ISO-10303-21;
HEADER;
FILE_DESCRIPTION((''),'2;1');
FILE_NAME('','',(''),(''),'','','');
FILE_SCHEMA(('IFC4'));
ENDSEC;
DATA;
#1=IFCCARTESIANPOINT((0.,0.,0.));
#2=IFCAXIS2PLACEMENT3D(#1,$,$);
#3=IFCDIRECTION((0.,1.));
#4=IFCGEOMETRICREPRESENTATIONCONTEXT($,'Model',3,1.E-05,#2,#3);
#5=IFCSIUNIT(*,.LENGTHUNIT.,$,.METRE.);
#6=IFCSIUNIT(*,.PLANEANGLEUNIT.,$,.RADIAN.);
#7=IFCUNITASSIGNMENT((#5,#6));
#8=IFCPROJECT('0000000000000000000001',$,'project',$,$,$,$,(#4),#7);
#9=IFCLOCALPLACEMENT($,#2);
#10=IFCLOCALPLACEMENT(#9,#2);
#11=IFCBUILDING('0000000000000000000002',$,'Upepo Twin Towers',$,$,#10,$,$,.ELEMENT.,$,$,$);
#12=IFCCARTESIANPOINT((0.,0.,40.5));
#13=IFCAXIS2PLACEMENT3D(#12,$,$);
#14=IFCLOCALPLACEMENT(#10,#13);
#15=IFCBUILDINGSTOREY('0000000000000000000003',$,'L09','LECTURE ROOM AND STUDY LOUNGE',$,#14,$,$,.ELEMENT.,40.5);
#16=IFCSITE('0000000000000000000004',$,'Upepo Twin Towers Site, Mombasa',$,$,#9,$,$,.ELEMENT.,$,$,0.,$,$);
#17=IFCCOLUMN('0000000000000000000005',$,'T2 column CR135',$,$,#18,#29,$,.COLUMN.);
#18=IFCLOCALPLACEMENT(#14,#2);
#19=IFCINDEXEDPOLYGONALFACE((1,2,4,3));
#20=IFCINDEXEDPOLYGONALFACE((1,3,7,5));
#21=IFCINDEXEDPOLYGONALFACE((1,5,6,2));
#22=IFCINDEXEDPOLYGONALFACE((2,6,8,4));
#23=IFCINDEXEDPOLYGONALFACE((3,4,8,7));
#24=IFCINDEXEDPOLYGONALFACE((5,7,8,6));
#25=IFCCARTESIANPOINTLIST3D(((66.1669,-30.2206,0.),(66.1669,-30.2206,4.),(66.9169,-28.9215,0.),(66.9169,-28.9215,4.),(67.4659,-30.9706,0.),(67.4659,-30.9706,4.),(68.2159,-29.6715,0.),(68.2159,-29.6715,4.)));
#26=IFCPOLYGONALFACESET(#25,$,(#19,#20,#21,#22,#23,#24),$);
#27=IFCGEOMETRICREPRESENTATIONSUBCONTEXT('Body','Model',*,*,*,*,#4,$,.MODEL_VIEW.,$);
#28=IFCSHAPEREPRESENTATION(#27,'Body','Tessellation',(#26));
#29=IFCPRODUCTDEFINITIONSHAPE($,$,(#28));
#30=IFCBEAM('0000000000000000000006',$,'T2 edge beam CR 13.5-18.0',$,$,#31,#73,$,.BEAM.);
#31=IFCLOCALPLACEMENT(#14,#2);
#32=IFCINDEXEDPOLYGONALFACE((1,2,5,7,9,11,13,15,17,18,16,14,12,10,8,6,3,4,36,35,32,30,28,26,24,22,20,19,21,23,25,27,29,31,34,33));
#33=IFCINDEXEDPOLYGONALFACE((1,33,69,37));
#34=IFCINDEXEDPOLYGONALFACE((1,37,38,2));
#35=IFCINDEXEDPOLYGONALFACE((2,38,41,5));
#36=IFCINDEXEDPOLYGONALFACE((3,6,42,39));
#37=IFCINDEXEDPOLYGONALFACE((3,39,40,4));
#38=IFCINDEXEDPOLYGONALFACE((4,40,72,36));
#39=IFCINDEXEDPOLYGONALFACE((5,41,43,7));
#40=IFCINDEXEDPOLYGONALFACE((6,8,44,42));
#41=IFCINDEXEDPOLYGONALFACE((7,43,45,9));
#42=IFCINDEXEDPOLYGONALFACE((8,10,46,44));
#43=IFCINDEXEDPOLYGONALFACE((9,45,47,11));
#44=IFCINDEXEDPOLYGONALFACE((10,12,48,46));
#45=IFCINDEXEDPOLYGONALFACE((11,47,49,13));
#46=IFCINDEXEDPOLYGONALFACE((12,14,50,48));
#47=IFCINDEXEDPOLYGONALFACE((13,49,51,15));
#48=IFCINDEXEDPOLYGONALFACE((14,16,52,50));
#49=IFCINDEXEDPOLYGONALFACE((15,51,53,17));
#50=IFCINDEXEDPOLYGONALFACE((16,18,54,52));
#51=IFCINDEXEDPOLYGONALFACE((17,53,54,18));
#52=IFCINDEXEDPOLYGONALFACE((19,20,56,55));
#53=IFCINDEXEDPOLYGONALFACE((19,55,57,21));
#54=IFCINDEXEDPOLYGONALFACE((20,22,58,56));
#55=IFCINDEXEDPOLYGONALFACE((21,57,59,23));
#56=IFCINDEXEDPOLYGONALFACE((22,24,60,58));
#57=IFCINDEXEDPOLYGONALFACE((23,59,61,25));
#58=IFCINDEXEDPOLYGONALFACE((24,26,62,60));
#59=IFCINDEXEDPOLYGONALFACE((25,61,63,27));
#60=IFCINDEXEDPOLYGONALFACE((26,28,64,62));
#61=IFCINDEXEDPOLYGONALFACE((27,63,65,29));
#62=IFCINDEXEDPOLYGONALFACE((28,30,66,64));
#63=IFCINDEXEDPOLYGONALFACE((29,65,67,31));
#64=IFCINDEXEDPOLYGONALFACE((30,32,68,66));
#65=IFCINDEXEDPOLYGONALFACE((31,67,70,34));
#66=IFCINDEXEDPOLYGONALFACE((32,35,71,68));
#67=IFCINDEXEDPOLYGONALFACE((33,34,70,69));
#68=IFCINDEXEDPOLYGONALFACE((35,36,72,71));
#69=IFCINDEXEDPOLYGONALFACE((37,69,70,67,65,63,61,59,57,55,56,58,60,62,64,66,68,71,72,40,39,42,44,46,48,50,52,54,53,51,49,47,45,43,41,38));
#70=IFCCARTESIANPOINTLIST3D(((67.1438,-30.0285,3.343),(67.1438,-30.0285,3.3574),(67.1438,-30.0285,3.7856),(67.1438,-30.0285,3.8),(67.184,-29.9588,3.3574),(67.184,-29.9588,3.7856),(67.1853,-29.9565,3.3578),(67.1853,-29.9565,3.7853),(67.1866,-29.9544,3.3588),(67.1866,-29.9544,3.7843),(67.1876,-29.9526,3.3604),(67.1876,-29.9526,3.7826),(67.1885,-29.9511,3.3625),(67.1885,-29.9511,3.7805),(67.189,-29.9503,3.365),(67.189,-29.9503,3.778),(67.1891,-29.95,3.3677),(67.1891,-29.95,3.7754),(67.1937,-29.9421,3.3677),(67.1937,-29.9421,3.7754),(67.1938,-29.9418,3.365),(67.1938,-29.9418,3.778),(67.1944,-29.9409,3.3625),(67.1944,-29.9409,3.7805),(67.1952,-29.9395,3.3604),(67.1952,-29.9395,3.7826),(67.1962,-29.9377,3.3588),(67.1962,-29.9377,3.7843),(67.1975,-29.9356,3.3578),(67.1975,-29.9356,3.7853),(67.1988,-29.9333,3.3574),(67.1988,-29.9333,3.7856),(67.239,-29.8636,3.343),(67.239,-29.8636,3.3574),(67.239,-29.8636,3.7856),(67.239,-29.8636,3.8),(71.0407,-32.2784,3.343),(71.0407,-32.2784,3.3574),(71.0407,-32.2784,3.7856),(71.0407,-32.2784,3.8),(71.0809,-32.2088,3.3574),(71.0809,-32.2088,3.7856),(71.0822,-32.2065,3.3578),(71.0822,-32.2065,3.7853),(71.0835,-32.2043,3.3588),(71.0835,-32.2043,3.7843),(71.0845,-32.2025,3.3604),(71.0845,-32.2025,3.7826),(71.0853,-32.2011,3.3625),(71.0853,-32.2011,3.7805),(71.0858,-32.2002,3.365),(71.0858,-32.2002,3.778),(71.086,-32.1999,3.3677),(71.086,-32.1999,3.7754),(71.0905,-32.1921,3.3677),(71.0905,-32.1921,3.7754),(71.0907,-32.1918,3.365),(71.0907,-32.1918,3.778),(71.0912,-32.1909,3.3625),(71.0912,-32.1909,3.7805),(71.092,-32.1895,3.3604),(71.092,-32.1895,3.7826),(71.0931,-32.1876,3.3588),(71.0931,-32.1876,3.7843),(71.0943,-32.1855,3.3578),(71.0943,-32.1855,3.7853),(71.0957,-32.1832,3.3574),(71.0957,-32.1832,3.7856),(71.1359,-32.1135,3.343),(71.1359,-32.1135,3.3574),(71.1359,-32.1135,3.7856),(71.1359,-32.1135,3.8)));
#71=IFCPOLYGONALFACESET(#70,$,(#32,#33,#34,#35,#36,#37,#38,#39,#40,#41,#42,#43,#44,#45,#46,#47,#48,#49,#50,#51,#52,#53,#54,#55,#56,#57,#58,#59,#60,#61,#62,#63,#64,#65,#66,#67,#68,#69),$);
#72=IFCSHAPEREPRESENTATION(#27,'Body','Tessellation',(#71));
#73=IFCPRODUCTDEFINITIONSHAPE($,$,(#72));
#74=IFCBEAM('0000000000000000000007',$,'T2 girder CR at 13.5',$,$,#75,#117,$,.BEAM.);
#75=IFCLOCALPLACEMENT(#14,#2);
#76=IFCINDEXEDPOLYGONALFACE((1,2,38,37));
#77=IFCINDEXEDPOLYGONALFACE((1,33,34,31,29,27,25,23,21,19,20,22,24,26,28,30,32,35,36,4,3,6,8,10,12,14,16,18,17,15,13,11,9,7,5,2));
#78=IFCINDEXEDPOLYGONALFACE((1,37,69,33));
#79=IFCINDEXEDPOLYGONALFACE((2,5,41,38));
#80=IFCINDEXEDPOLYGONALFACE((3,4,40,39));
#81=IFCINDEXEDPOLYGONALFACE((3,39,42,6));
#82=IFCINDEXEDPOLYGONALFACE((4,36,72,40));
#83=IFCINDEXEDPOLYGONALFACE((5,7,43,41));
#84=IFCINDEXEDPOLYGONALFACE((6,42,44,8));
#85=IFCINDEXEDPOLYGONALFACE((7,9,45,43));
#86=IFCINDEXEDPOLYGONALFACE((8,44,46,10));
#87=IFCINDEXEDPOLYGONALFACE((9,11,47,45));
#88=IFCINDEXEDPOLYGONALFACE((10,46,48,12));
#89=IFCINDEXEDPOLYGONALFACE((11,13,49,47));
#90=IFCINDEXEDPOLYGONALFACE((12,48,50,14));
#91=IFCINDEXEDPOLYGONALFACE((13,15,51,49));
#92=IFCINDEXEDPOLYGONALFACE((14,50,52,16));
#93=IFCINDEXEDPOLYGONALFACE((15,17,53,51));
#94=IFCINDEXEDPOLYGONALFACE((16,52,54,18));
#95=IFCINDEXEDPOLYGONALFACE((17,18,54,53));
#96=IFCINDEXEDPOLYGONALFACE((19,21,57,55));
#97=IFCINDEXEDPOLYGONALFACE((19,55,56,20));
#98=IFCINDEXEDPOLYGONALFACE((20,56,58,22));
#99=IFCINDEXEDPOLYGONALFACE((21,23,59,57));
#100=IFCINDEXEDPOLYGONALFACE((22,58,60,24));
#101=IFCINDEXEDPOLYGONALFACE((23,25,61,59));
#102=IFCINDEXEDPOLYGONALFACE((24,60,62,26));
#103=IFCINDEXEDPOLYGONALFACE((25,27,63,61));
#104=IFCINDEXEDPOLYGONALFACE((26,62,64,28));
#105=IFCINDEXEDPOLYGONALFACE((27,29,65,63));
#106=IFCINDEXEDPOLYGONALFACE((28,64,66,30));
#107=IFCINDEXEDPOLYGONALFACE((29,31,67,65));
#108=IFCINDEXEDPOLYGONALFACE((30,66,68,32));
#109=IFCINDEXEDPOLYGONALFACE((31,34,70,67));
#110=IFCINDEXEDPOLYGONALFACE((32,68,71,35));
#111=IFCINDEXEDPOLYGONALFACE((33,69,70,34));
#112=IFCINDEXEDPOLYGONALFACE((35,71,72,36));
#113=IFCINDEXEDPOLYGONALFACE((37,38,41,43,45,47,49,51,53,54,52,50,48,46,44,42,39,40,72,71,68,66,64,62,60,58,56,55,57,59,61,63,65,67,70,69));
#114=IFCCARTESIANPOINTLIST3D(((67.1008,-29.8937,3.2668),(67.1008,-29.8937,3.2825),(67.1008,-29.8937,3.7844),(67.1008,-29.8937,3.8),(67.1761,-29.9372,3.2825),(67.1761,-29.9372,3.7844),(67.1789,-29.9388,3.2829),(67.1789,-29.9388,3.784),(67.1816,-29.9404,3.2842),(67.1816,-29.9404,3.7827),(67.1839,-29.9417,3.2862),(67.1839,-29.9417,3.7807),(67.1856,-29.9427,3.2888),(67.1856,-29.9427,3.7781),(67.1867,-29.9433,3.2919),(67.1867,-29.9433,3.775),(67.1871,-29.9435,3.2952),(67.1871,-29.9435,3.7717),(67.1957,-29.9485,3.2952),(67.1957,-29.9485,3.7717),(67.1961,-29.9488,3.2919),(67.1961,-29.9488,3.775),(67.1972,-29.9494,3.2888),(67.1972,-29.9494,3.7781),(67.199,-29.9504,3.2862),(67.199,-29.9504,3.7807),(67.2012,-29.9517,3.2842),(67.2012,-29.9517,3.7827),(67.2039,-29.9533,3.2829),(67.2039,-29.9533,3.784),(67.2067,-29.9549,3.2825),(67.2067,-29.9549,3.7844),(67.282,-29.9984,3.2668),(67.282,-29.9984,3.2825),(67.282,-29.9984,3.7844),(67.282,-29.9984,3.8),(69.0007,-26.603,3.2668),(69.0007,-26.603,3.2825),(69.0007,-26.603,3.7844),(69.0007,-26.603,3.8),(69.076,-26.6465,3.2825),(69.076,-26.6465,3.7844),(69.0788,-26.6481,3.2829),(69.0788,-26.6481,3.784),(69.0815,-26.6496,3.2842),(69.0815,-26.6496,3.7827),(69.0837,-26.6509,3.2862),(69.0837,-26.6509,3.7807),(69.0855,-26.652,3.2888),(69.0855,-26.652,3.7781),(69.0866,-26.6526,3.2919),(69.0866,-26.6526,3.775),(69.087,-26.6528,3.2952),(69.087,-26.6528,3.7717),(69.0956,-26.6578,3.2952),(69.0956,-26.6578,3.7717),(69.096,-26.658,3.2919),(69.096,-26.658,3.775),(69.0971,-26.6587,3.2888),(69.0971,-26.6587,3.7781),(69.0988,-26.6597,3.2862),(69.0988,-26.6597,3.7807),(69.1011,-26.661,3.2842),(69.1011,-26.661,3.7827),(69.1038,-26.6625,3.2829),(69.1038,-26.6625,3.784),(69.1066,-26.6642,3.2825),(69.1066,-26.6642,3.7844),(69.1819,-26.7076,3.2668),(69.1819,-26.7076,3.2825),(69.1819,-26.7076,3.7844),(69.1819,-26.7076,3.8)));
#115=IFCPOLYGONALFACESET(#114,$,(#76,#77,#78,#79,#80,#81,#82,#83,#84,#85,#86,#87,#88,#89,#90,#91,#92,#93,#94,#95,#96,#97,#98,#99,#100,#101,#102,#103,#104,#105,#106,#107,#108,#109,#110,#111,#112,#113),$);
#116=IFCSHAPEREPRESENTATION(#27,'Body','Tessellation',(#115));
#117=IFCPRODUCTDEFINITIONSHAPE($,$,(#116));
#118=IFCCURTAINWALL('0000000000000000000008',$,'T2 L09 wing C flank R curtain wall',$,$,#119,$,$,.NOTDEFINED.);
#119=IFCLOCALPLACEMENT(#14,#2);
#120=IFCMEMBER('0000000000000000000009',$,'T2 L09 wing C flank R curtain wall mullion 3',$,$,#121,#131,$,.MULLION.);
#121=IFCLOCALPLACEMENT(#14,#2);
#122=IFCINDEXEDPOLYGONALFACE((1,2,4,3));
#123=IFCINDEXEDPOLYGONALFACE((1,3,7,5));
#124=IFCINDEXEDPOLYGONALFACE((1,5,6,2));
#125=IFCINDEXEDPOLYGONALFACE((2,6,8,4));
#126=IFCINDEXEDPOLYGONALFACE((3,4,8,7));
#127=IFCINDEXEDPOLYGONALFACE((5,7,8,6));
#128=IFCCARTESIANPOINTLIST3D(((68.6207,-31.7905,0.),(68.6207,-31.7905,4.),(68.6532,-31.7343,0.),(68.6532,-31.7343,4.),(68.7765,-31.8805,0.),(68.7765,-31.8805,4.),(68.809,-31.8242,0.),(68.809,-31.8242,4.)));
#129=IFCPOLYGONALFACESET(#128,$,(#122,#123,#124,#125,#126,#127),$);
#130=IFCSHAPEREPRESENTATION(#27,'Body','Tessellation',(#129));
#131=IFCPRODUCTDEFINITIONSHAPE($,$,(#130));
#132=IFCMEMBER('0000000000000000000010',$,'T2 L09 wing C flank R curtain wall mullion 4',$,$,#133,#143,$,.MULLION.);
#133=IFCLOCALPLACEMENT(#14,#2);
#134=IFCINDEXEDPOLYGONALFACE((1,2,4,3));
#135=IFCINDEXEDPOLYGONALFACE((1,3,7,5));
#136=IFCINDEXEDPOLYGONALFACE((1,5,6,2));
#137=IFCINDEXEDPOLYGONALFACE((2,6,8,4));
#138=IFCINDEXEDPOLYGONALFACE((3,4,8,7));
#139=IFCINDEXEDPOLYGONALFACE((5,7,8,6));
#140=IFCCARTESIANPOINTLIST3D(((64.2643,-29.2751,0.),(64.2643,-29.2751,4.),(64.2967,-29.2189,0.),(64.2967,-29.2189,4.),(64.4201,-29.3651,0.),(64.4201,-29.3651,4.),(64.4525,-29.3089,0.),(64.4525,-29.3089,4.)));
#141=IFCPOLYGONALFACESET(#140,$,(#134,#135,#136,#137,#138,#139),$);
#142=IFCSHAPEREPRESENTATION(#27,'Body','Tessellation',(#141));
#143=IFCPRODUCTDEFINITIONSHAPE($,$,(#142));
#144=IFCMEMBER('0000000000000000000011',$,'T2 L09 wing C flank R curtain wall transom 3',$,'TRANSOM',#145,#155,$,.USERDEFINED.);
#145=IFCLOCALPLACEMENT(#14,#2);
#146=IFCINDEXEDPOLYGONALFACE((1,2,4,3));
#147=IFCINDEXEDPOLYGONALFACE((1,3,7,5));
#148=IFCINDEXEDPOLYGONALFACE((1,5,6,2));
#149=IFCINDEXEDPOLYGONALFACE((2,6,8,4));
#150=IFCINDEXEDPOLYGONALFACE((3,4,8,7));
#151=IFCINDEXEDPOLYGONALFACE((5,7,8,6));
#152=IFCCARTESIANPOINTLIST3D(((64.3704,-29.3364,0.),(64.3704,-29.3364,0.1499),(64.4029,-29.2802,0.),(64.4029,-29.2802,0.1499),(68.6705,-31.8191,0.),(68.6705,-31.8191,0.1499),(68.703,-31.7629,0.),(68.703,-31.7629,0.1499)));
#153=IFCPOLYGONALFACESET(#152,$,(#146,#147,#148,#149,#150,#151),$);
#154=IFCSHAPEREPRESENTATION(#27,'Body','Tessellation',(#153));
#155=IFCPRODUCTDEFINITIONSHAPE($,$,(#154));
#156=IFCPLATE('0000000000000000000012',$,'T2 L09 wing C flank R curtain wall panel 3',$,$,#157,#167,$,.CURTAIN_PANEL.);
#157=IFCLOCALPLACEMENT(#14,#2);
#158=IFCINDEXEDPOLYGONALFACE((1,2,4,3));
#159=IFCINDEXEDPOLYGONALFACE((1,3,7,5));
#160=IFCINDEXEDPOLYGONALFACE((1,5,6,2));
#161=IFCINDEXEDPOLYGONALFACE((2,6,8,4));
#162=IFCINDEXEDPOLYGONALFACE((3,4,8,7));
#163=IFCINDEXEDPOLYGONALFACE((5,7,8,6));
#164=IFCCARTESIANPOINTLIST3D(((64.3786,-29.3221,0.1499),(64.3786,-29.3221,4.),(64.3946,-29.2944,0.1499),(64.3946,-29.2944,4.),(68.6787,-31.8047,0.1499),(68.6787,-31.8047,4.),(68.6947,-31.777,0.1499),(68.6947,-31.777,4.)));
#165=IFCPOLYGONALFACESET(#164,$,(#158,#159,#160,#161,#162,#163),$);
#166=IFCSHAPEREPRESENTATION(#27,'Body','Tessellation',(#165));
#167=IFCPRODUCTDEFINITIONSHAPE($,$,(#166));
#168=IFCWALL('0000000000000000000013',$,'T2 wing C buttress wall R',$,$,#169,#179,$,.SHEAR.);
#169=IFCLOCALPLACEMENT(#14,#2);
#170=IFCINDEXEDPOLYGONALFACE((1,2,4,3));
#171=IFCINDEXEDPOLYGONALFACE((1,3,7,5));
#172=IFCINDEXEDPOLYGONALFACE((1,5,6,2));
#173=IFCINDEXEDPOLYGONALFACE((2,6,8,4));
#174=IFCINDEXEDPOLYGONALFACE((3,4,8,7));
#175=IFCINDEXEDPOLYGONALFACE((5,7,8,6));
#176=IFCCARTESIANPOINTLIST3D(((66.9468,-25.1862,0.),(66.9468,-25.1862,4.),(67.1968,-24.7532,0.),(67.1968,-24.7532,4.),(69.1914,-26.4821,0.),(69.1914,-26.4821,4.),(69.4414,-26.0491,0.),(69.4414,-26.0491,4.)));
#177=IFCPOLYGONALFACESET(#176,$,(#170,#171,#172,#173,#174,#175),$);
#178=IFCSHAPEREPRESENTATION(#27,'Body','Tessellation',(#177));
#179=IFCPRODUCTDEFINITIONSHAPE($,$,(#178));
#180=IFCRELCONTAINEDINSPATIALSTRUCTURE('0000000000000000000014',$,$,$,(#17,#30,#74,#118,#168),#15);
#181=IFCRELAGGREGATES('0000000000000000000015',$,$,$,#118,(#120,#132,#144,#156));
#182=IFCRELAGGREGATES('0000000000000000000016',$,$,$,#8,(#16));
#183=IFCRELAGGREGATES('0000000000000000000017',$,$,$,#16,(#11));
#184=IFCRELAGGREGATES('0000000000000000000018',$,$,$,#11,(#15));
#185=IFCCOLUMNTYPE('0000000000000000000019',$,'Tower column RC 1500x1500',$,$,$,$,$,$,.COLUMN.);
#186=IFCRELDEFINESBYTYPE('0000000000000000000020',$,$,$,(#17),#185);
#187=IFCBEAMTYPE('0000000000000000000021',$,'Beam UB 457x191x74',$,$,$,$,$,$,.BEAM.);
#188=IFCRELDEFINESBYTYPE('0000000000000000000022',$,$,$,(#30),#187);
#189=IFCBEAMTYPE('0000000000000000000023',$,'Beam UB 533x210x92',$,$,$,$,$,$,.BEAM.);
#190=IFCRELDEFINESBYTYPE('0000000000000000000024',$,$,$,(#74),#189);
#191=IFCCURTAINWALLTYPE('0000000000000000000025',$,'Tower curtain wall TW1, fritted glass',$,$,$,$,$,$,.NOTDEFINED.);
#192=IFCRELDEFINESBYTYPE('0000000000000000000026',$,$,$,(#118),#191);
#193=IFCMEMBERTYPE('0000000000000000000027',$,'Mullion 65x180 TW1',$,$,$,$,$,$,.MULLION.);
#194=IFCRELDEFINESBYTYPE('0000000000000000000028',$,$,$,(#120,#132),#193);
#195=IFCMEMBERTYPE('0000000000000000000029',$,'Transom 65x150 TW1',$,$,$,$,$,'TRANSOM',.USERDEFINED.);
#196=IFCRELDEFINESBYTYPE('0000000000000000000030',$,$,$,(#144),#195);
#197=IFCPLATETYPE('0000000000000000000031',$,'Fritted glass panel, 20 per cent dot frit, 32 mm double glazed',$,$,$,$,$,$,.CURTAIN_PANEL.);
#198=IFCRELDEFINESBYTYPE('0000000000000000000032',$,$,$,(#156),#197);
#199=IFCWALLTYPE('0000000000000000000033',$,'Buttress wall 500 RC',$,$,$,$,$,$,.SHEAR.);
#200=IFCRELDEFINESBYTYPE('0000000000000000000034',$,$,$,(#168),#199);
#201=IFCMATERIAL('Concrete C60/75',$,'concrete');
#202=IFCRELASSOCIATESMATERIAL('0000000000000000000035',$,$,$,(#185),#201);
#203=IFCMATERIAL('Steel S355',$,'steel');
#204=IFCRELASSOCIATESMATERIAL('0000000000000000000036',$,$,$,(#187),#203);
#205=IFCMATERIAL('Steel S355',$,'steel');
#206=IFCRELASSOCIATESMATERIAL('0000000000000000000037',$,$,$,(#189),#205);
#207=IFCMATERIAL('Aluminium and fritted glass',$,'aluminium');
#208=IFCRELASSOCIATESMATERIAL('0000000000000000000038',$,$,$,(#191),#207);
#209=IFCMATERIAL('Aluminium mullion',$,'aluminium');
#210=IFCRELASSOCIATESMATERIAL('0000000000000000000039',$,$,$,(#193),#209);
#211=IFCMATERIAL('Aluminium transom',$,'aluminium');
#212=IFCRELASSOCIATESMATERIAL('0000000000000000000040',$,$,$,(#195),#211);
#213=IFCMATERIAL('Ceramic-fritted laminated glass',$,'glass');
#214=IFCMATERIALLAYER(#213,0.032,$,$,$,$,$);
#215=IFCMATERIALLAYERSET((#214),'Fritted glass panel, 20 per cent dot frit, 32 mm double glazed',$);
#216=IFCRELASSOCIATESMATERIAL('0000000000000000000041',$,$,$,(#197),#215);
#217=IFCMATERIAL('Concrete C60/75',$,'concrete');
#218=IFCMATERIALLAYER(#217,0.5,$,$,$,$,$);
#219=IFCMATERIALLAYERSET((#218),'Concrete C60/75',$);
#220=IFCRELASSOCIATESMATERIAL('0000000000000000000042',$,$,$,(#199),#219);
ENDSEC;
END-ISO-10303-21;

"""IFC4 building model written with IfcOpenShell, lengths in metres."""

from ifc_helpers import new_model, si_unit, direction, frame, frame_2d, origin, origin_2d, place, context, subcontext, project, spatial, rectangle, i_section, extrude, material, layer, layer_set, material_profile, profile_set, type_object, element, aggregate, save


model = new_model("IFC4")

# Units and contexts
model_context = context("Model", 3, precision=1e-05, world=origin(), true_north=direction((0.0, 1.0)))
body_context = subcontext(model_context, "Body", "Model", "MODEL_VIEW")
ifc_project = project(units=[si_unit("LENGTHUNIT", "METRE"), si_unit("PLANEANGLEUNIT", "RADIAN")], contexts=[model_context])

# Site, building, storey
site_placement = place(None, origin())
site = spatial("IfcSite", under=ifc_project, at=site_placement, Name="Upepo Twin Towers Site, Mombasa", CompositionType="ELEMENT", RefElevation=0.0)
building_placement = place(site_placement, origin())
building = spatial("IfcBuilding", under=site, at=building_placement, Name="Upepo Twin Towers", CompositionType="ELEMENT")
storey_placement = place(building_placement, frame((0.0, 0.0, 40.5)))
storey = spatial("IfcBuildingStorey", under=building, at=storey_placement, Name="L09", Description="LECTURE ROOM AND STUDY LOUNGE", CompositionType="ELEMENT", Elevation=40.5)

# Column
ifc_material_1 = material(Name="Concrete C60/75", Category="concrete")
ifc_material_profile_1 = material_profile(ifc_material_1, rectangle(XDim=1.5, YDim=1.5, at=origin_2d()), Name="RC 1500x1500")
ifc_profile_set_1 = profile_set([ifc_material_profile_1], Name="Concrete C60/75")
column_type = type_object("IfcColumnType", Name="Tower column RC 1500x1500", PredefinedType="COLUMN", material=ifc_profile_set_1)
column_placement = place(storey_placement, frame((67.1914, -29.946, 0.0), z_axis=(0.0, 0.0, 1.0), x_axis=(0.5, 0.866025, 0.0)))
element("IfcColumn", 1, at=column_placement, inside=storey, type_object=column_type, Name="T2 column CR135", PredefinedType="COLUMN", context=body_context, shape_type="SweptSolid", body=[
    extrude(rectangle(XDim=1.5, YDim=1.5, at=origin_2d()), origin(), (0.0, 0.0, 1.0), 4.0),
])

# Beams
ifc_material_2 = material(Name="Steel S355", Category="steel")
ifc_material_profile_2 = material_profile(ifc_material_2, i_section(OverallWidth=0.1904, OverallDepth=0.457, WebThickness=0.009, FlangeThickness=0.0144, FilletRadius=0.0103, at=origin_2d()), Name="UB 457x191x74")
ifc_profile_set_2 = profile_set([ifc_material_profile_2], Name="Steel S355")
beam_type_1 = type_object("IfcBeamType", Name="Beam UB 457x191x74", PredefinedType="BEAM", material=ifc_profile_set_2)
beam_1_placement = place(storey_placement, frame((67.1914, -29.946, 3.5715), z_axis=(0.866018, -0.500014, 0.0), x_axis=(0.500014, 0.866018, 0.0)))
element("IfcBeam", 2, at=beam_1_placement, inside=storey, type_object=beam_type_1, Name="T2 edge beam CR 13.5-18.0", PredefinedType="BEAM", context=body_context, shape_type="SweptSolid", body=[
    extrude(i_section(OverallWidth=0.1904, OverallDepth=0.457, WebThickness=0.009, FlangeThickness=0.0144, FilletRadius=0.0103, at=origin_2d()), origin(), (0.0, 0.0, 1.0), 4.4998),
])
ifc_material_3 = material(Name="Steel S355", Category="steel")
ifc_material_profile_3 = material_profile(ifc_material_3, i_section(OverallWidth=0.2092, OverallDepth=0.5332, WebThickness=0.01, FlangeThickness=0.0156, FilletRadius=0.0127, at=origin_2d()), Name="UB 533x210x92")
ifc_profile_set_3 = profile_set([ifc_material_profile_3], Name="Steel S355")
beam_type_2 = type_object("IfcBeamType", Name="Beam UB 533x210x92", PredefinedType="BEAM", material=ifc_profile_set_3)
beam_2_placement = place(storey_placement, frame((67.1914, -29.946, 3.5334), z_axis=(0.499995, 0.866028, 0.0), x_axis=(-0.866028, 0.499995, 0.0)))
element("IfcBeam", 3, at=beam_2_placement, inside=storey, type_object=beam_type_2, Name="T2 girder CR at 13.5", PredefinedType="BEAM", context=body_context, shape_type="SweptSolid", body=[
    extrude(i_section(OverallWidth=0.2092, OverallDepth=0.5332, WebThickness=0.01, FlangeThickness=0.0156, FilletRadius=0.0127, at=origin_2d()), origin(), (0.0, 0.0, 1.0), 3.7998),
])

# Curtain wall, members, plate
ifc_material_4 = material(Name="Aluminium and fritted glass", Category="aluminium")
curtain_wall_type = type_object("IfcCurtainWallType", Name="Tower curtain wall TW1, fritted glass", PredefinedType="NOTDEFINED", material=ifc_material_4)
curtain_wall_placement = place(storey_placement, origin())
curtain_wall = element("IfcCurtainWall", 4, at=curtain_wall_placement, inside=storey, type_object=curtain_wall_type, Name="T2 L09 wing C flank R curtain wall", PredefinedType="NOTDEFINED")
ifc_material_5 = material(Name="Aluminium mullion", Category="aluminium")
ifc_material_profile_4 = material_profile(ifc_material_5, rectangle(XDim=0.0649, YDim=0.1799, at=origin_2d()), Name="MULLION 65x180")
ifc_profile_set_4 = profile_set([ifc_material_profile_4], Name="Aluminium mullion")
member_type_1 = type_object("IfcMemberType", Name="Mullion 65x180 TW1", PredefinedType="MULLION", material=ifc_profile_set_4)
member_1_placement = place(storey_placement, frame((68.7148, -31.8074, 0.0), z_axis=(0.0, 0.0, 1.0), x_axis=(-0.5, -0.866025, 0.0)))
member_1 = element("IfcMember", 5, at=member_1_placement, type_object=member_type_1, Name="T2 L09 wing C flank R curtain wall mullion 3", PredefinedType="MULLION", context=body_context, shape_type="SweptSolid", body=[
    extrude(rectangle(XDim=0.0649, YDim=0.1799, at=origin_2d()), origin(), (0.0, 0.0, 1.0), 4.0),
])
member_2_placement = place(storey_placement, frame((64.3584, -29.292, 0.0), z_axis=(0.0, 0.0, 1.0), x_axis=(-0.5, -0.866025, 0.0)))
member_2 = element("IfcMember", 6, at=member_2_placement, type_object=member_type_1, Name="T2 L09 wing C flank R curtain wall mullion 4", PredefinedType="MULLION", context=body_context, shape_type="SweptSolid", body=[
    extrude(rectangle(XDim=0.0649, YDim=0.1799, at=origin_2d()), origin(), (0.0, 0.0, 1.0), 4.0),
])
ifc_material_6 = material(Name="Aluminium transom", Category="aluminium")
ifc_material_profile_5 = material_profile(ifc_material_6, rectangle(XDim=0.0649, YDim=0.1499, at=origin_2d()), Name="TRANSOM 65x150")
ifc_profile_set_5 = profile_set([ifc_material_profile_5], Name="Aluminium transom")
member_type_2 = type_object("IfcMemberType", Name="Transom 65x150 TW1", ElementType="TRANSOM", PredefinedType="USERDEFINED", material=ifc_profile_set_5)
member_3_placement = place(storey_placement, frame((68.6868, -31.791, 0.075), z_axis=(-0.866023, 0.500005, 0.0), x_axis=(-0.500005, -0.866023, 0.0)))
member_3 = element("IfcMember", 7, at=member_3_placement, type_object=member_type_2, Name="T2 L09 wing C flank R curtain wall transom 3", ObjectType="TRANSOM", PredefinedType="USERDEFINED", context=body_context, shape_type="SweptSolid", body=[
    extrude(rectangle(XDim=0.0649, YDim=0.1499, at=origin_2d()), origin(), (0.0, 0.0, 1.0), 4.9653),
])
ifc_material_7 = material(Name="Ceramic-fritted laminated glass", Category="glass")
ifc_layer_1 = layer(ifc_material_7, 0.032)
ifc_layer_set_1 = layer_set([ifc_layer_1], Name="Fritted glass panel, 20 per cent dot frit, 32 mm double glazed")
plate_type = type_object("IfcPlateType", Name="Fritted glass panel, 20 per cent dot frit, 32 mm double glazed", PredefinedType="CURTAIN_PANEL", material=ifc_layer_set_1)
plate_placement = place(storey_placement, frame((66.5366, -30.5496, 0.1499), z_axis=(0.0, 0.0, 1.0), x_axis=(-0.866025, 0.5, 0.0)))
plate = element("IfcPlate", 8, at=plate_placement, type_object=plate_type, Name="T2 L09 wing C flank R curtain wall panel 3", PredefinedType="CURTAIN_PANEL", context=body_context, shape_type="SweptSolid", body=[
    extrude(rectangle(XDim=4.9653, YDim=0.032, at=origin_2d()), origin(), (0.0, 0.0, 1.0), 3.8501),
])
aggregate(curtain_wall, [member_1, member_2, member_3, plate])

# Wall
ifc_material_8 = material(Name="Concrete C60/75", Category="concrete")
ifc_layer_2 = layer(ifc_material_8, 0.5)
ifc_layer_set_2 = layer_set([ifc_layer_2], Name="Concrete C60/75")
wall_type_1 = type_object("IfcWallType", Name="Buttress wall 500 RC", PredefinedType="SHEAR", material=ifc_layer_set_2)
wall_1_placement = place(storey_placement, frame((67.0718, -24.9697, 0.0), z_axis=(0.0, 0.0, 1.0), x_axis=(0.866032, -0.499989, 0.0)))
element("IfcWall", 9, at=wall_1_placement, inside=storey, type_object=wall_type_1, Name="T2 wing C buttress wall R", PredefinedType="SHEAR", context=body_context, shape_type="SweptSolid", body=[
    extrude(rectangle(XDim=2.5918, YDim=0.5, at=frame_2d((1.2959, 0.0))), origin(), (0.0, 0.0, 1.0), 4.0),
])

save(model, "model.ifc")
